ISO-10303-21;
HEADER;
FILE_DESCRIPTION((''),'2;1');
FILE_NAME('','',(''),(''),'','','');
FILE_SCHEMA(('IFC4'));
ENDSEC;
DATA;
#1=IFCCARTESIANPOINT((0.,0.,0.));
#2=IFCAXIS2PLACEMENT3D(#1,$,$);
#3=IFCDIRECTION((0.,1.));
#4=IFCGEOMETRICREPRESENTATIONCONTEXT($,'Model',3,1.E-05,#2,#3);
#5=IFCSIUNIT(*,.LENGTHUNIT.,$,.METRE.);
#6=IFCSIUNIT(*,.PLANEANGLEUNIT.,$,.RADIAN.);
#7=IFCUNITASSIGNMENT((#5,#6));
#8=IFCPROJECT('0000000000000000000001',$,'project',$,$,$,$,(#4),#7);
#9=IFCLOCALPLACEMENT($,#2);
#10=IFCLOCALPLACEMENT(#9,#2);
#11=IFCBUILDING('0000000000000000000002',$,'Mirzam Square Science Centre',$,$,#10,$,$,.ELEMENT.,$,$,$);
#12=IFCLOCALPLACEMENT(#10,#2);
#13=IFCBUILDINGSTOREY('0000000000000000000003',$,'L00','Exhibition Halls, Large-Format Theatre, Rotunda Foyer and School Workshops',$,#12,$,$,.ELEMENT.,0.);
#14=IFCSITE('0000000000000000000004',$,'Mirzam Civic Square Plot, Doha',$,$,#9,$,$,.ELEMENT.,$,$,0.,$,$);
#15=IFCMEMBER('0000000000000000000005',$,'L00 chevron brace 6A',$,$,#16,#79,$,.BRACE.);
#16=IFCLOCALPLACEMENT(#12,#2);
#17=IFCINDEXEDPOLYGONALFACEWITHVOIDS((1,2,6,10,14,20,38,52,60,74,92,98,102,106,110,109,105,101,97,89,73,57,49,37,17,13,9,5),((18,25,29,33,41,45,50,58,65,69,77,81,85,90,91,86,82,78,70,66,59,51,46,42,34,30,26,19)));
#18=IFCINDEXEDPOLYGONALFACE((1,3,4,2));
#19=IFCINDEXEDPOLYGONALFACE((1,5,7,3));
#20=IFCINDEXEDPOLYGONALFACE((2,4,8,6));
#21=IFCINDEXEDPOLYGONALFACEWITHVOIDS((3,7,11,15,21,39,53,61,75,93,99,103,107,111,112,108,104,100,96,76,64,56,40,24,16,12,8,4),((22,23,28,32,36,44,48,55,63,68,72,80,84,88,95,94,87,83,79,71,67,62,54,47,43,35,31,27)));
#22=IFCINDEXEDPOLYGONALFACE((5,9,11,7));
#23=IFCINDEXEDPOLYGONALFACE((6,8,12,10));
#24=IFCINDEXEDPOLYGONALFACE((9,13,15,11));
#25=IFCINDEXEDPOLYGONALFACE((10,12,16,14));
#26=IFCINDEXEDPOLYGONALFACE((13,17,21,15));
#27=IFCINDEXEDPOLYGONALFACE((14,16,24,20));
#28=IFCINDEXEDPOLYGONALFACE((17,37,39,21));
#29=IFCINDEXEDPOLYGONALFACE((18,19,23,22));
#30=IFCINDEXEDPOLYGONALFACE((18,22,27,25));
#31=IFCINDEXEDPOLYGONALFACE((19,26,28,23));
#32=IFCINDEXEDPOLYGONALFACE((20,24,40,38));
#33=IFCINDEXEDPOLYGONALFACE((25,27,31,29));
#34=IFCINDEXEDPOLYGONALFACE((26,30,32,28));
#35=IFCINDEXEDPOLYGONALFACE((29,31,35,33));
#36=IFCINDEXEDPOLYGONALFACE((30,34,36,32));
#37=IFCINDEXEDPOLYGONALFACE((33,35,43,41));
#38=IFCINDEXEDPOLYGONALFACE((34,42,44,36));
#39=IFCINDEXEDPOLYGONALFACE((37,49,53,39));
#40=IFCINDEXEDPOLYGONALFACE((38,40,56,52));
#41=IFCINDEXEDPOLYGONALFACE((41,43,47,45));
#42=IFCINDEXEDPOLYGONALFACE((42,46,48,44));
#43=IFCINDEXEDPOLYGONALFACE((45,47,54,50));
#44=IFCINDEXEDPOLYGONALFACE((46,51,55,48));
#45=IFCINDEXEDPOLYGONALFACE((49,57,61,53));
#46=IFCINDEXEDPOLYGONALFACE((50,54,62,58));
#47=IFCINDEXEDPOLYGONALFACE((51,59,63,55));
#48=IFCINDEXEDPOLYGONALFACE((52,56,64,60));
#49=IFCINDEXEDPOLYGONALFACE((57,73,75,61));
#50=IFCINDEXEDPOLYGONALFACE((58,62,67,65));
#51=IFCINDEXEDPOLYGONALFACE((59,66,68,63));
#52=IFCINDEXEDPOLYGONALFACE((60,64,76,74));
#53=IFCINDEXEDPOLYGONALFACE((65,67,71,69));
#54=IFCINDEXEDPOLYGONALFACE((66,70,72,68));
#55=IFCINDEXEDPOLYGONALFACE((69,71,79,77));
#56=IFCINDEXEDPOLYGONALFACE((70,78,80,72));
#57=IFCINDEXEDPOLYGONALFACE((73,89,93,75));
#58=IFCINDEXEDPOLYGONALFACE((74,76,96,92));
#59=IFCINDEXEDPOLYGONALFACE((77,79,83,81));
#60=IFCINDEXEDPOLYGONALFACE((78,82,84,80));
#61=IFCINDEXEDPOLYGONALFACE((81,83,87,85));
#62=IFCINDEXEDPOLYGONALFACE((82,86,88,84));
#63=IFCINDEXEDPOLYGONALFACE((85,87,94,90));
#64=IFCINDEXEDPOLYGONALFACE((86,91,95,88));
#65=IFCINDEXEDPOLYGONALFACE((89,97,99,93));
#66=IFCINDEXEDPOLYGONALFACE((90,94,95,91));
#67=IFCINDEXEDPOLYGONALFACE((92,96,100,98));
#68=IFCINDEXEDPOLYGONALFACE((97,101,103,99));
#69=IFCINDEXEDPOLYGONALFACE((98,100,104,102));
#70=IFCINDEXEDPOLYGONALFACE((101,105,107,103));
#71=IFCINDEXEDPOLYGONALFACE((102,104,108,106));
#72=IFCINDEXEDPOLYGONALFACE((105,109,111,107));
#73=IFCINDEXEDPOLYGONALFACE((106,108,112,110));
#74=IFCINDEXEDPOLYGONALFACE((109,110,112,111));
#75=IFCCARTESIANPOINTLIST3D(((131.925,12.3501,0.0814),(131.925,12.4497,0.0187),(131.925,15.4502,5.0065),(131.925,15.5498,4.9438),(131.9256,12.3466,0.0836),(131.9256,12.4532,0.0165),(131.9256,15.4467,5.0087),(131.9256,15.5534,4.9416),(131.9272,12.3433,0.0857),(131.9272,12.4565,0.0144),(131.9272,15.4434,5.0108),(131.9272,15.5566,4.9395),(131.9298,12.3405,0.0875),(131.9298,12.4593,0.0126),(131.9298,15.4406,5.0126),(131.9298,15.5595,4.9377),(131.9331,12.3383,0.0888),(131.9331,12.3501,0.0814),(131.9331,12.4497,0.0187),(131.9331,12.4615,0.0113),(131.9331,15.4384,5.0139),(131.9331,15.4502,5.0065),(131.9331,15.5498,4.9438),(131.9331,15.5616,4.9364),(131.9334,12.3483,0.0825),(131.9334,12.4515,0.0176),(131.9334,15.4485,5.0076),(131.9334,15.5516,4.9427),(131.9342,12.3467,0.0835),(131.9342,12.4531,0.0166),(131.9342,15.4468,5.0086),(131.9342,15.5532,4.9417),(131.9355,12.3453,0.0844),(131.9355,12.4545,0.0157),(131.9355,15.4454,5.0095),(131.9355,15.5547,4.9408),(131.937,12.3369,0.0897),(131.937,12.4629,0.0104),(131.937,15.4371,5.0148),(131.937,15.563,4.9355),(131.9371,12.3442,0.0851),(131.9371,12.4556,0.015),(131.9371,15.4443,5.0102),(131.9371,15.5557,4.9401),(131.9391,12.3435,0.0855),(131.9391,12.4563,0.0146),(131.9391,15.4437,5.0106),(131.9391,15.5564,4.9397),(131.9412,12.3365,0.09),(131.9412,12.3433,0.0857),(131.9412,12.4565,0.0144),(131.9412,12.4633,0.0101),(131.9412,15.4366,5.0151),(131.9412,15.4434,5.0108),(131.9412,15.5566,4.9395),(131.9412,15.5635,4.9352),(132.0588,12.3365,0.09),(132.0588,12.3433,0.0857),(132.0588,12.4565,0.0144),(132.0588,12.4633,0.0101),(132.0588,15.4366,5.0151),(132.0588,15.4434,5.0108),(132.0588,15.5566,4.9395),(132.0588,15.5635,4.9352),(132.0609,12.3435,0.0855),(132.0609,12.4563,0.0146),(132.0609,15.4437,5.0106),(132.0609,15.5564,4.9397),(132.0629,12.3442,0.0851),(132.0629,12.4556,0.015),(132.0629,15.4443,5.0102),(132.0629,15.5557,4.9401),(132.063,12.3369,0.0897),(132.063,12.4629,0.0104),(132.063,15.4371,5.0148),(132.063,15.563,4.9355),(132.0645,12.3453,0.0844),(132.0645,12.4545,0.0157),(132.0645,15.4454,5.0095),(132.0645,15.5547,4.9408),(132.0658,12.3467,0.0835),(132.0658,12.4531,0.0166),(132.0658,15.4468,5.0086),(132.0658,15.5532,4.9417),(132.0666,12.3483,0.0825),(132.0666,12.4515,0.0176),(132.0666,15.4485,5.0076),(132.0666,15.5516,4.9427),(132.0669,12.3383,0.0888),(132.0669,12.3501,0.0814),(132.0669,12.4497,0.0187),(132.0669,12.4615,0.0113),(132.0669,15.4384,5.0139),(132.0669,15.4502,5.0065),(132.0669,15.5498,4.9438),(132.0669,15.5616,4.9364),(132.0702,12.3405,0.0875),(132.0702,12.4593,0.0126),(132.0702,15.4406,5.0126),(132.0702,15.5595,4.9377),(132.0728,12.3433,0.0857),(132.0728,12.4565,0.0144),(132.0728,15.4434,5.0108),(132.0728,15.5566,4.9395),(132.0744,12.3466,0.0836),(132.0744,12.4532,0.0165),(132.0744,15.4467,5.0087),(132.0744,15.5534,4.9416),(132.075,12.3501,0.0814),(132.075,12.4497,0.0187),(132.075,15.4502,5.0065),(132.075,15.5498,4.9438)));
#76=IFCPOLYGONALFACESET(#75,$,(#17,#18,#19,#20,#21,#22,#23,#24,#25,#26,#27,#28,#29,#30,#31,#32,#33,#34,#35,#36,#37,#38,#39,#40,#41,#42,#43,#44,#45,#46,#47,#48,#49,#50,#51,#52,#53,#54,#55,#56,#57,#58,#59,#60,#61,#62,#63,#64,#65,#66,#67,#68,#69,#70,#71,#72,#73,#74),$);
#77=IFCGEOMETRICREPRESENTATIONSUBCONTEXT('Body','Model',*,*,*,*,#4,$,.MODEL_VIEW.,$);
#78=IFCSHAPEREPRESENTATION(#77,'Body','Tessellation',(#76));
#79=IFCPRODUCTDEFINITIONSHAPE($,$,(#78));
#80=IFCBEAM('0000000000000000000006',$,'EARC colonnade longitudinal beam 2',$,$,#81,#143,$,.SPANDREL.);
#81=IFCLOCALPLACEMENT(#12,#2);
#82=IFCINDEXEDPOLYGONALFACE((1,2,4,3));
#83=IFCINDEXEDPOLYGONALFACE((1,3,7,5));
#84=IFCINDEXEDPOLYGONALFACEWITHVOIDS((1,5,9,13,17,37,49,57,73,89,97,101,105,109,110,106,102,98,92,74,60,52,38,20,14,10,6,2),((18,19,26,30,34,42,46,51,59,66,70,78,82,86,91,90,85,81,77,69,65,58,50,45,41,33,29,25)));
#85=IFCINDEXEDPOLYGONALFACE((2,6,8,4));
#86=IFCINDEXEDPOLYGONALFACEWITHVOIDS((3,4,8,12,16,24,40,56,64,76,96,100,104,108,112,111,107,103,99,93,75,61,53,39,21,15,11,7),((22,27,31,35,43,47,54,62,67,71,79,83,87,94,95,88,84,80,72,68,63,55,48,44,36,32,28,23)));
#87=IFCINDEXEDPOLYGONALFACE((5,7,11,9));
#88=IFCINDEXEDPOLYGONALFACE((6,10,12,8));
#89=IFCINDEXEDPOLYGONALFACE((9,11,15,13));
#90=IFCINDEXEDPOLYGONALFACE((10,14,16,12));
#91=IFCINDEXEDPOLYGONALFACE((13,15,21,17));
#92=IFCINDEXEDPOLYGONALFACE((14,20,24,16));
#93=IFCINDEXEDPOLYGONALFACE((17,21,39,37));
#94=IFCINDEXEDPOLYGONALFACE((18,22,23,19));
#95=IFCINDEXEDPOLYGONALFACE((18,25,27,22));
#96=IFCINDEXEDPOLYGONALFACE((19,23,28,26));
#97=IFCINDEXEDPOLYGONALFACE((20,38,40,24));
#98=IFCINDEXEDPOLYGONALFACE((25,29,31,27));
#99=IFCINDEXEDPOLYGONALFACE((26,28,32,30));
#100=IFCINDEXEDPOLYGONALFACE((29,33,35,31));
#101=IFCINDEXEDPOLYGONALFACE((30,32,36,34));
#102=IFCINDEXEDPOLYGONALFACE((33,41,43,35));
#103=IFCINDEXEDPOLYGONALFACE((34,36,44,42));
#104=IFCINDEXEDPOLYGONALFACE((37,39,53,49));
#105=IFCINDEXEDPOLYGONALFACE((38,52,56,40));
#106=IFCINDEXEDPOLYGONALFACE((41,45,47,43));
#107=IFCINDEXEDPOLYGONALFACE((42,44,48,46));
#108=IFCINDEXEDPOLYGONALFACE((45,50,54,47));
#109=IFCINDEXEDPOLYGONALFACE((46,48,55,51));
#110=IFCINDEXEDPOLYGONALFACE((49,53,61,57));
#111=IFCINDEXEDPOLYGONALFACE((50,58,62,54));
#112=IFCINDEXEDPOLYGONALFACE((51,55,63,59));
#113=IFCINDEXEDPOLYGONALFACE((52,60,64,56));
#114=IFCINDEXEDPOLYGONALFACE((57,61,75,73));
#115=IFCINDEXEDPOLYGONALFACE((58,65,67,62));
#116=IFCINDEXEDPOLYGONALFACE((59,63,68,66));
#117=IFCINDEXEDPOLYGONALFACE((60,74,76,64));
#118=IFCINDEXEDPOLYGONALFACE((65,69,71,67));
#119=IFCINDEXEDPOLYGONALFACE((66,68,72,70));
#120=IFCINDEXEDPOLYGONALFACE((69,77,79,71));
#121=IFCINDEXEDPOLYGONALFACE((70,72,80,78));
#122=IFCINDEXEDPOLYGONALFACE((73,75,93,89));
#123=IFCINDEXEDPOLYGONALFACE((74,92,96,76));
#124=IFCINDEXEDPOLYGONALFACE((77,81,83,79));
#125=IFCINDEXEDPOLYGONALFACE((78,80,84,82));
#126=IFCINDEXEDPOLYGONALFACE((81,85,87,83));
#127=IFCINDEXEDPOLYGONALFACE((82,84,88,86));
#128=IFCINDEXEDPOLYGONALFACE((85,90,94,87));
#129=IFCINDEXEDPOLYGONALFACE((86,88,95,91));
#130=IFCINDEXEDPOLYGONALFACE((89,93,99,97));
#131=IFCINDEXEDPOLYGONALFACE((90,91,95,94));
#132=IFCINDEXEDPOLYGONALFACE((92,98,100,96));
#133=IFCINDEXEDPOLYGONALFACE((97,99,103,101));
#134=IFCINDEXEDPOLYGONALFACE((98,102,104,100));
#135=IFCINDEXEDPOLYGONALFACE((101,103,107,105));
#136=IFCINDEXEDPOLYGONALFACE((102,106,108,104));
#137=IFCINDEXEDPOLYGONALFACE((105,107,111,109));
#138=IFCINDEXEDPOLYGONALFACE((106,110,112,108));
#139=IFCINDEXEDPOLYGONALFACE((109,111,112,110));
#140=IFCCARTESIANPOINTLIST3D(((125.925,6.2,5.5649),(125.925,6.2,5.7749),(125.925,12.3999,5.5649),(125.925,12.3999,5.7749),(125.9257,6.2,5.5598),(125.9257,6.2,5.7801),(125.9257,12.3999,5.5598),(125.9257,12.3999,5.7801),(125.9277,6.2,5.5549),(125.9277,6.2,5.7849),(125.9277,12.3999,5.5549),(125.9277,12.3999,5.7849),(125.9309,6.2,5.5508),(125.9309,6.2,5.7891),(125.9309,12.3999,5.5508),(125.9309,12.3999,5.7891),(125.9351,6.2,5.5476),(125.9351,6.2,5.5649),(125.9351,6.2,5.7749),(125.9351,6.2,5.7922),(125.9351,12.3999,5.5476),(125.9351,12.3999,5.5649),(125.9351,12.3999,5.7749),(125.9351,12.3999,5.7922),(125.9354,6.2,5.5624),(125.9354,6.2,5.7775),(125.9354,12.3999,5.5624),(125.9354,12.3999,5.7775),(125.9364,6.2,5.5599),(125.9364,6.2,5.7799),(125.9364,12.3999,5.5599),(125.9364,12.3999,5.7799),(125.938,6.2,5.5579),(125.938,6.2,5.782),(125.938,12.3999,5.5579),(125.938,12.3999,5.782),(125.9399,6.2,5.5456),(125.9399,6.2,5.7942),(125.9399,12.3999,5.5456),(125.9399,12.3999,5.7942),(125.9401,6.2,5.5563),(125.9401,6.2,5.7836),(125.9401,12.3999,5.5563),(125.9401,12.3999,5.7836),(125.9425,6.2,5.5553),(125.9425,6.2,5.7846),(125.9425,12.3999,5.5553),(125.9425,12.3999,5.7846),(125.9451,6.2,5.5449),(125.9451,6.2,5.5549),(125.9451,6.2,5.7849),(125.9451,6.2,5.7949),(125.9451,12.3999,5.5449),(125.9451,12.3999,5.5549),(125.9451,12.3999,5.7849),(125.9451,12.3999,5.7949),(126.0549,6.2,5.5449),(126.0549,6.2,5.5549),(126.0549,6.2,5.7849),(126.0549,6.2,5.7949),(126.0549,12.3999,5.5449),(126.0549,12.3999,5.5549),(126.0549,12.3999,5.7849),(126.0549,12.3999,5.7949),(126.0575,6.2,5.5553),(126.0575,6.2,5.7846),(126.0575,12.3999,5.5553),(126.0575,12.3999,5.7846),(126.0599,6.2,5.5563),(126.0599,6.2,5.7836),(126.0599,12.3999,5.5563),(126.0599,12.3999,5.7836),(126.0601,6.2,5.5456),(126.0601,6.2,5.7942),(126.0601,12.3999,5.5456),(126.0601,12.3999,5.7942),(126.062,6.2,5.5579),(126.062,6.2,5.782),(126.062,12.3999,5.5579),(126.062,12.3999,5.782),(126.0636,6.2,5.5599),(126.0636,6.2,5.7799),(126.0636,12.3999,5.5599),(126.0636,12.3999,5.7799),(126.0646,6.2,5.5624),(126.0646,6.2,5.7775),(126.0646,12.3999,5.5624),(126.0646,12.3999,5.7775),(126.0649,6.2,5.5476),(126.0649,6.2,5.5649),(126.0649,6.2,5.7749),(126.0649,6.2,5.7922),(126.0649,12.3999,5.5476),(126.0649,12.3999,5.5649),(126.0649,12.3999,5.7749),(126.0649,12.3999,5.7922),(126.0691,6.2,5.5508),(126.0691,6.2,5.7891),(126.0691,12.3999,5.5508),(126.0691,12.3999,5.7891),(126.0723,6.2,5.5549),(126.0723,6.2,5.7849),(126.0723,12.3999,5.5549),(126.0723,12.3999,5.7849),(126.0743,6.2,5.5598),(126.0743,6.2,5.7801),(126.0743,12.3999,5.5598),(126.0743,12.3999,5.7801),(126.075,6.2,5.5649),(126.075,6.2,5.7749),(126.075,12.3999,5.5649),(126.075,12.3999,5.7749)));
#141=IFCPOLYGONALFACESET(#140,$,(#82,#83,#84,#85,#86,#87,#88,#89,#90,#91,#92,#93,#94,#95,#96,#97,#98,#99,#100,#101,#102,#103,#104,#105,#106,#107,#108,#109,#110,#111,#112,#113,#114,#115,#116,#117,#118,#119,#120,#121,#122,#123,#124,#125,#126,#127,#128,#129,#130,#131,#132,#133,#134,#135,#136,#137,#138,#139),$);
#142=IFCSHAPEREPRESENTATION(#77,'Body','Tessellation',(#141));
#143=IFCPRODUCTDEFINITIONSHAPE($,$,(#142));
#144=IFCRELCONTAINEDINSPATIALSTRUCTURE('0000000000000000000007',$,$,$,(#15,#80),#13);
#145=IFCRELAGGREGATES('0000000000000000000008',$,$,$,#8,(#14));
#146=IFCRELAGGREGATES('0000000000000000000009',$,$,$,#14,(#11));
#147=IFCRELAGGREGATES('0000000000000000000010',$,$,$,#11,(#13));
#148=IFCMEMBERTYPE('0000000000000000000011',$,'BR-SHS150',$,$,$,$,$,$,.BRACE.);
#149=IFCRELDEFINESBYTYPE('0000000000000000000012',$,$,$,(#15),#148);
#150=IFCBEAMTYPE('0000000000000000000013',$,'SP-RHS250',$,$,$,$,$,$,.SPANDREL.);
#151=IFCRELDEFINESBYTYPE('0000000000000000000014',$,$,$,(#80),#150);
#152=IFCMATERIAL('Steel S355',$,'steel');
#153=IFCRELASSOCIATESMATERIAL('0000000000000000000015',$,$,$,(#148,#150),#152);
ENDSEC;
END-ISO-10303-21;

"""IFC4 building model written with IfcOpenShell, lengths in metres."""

from ifc_helpers import new_model, si_unit, direction, frame, origin, origin_2d, place, context, subcontext, project, spatial, hollow_rectangle, extrude, material, material_profile, profile_set, type_object, element, save


model = new_model("IFC4")

# Units and contexts
model_context = context("Model", 3, precision=1e-05, world=origin(), true_north=direction((0.0, 1.0)))
body_context = subcontext(model_context, "Body", "Model", "MODEL_VIEW")
ifc_project = project(units=[si_unit("LENGTHUNIT", "METRE"), si_unit("PLANEANGLEUNIT", "RADIAN")], contexts=[model_context])

# Site, building, storey
site_placement = place(None, origin())
site = spatial("IfcSite", under=ifc_project, at=site_placement, Name="Mirzam Civic Square Plot, Doha", CompositionType="ELEMENT", RefElevation=0.0)
building_placement = place(site_placement, origin())
building = spatial("IfcBuilding", under=site, at=building_placement, Name="Mirzam Square Science Centre", CompositionType="ELEMENT")
storey_placement = place(building_placement, origin())
storey = spatial("IfcBuildingStorey", under=building, at=storey_placement, Name="L00", Description="Exhibition Halls, Large-Format Theatre, Rotunda Foyer and School Workshops", CompositionType="ELEMENT", Elevation=0.0)

# Shared definitions
ifc_material_1 = material(Name="Steel S355", Category="steel")

# Member
ifc_material_profile_1 = material_profile(ifc_material_1, hollow_rectangle(XDim=0.1499, YDim=0.1499, WallThickness=0.0081, InnerFilletRadius=0.0081, OuterFilletRadius=0.0161, at=origin_2d()), Name="150x150x8.0SHS")
ifc_profile_set_1 = profile_set([ifc_material_profile_1], Name="Steel S355")
member_type = type_object("IfcMemberType", Name="BR-SHS150", PredefinedType="BRACE", material=ifc_profile_set_1)
member_placement = place(storey_placement, frame((132.0, 12.3999, 0.05), z_axis=(0.0, 0.532708, 0.846299), x_axis=(-1.0, 0.0, 0.0)))
element("IfcMember", 1, at=member_placement, inside=storey, type_object=member_type, Name="L00 chevron brace 6A", PredefinedType="BRACE", context=body_context, shape_type="SweptSolid", body=[
    extrude(hollow_rectangle(XDim=0.1499, YDim=0.1499, WallThickness=0.0081, InnerFilletRadius=0.0081, OuterFilletRadius=0.0161, at=origin_2d()), origin(), (0.0, 0.0, 1.0), 5.8196),
])

# Beam
ifc_material_profile_2 = material_profile(ifc_material_1, hollow_rectangle(XDim=0.1499, YDim=0.25, WallThickness=0.01, InnerFilletRadius=0.01, OuterFilletRadius=0.02, at=origin_2d()), Name="250x150x10.0RHS")
ifc_profile_set_2 = profile_set([ifc_material_profile_2], Name="Steel S355")
beam_type_1 = type_object("IfcBeamType", Name="SP-RHS250", PredefinedType="SPANDREL", material=ifc_profile_set_2)
beam_1_placement = place(storey_placement, frame((126.0, 6.2, 5.6699), z_axis=(0.0, 1.0, 0.0), x_axis=(-1.0, 0.0, 0.0)))
element("IfcBeam", 2, at=beam_1_placement, inside=storey, type_object=beam_type_1, Name="EARC colonnade longitudinal beam 2", PredefinedType="SPANDREL", context=body_context, shape_type="SweptSolid", body=[
    extrude(hollow_rectangle(XDim=0.1499, YDim=0.25, WallThickness=0.01, InnerFilletRadius=0.01, OuterFilletRadius=0.02, at=origin_2d()), origin(), (0.0, 0.0, 1.0), 6.2),
])

save(model, "model.ifc")
